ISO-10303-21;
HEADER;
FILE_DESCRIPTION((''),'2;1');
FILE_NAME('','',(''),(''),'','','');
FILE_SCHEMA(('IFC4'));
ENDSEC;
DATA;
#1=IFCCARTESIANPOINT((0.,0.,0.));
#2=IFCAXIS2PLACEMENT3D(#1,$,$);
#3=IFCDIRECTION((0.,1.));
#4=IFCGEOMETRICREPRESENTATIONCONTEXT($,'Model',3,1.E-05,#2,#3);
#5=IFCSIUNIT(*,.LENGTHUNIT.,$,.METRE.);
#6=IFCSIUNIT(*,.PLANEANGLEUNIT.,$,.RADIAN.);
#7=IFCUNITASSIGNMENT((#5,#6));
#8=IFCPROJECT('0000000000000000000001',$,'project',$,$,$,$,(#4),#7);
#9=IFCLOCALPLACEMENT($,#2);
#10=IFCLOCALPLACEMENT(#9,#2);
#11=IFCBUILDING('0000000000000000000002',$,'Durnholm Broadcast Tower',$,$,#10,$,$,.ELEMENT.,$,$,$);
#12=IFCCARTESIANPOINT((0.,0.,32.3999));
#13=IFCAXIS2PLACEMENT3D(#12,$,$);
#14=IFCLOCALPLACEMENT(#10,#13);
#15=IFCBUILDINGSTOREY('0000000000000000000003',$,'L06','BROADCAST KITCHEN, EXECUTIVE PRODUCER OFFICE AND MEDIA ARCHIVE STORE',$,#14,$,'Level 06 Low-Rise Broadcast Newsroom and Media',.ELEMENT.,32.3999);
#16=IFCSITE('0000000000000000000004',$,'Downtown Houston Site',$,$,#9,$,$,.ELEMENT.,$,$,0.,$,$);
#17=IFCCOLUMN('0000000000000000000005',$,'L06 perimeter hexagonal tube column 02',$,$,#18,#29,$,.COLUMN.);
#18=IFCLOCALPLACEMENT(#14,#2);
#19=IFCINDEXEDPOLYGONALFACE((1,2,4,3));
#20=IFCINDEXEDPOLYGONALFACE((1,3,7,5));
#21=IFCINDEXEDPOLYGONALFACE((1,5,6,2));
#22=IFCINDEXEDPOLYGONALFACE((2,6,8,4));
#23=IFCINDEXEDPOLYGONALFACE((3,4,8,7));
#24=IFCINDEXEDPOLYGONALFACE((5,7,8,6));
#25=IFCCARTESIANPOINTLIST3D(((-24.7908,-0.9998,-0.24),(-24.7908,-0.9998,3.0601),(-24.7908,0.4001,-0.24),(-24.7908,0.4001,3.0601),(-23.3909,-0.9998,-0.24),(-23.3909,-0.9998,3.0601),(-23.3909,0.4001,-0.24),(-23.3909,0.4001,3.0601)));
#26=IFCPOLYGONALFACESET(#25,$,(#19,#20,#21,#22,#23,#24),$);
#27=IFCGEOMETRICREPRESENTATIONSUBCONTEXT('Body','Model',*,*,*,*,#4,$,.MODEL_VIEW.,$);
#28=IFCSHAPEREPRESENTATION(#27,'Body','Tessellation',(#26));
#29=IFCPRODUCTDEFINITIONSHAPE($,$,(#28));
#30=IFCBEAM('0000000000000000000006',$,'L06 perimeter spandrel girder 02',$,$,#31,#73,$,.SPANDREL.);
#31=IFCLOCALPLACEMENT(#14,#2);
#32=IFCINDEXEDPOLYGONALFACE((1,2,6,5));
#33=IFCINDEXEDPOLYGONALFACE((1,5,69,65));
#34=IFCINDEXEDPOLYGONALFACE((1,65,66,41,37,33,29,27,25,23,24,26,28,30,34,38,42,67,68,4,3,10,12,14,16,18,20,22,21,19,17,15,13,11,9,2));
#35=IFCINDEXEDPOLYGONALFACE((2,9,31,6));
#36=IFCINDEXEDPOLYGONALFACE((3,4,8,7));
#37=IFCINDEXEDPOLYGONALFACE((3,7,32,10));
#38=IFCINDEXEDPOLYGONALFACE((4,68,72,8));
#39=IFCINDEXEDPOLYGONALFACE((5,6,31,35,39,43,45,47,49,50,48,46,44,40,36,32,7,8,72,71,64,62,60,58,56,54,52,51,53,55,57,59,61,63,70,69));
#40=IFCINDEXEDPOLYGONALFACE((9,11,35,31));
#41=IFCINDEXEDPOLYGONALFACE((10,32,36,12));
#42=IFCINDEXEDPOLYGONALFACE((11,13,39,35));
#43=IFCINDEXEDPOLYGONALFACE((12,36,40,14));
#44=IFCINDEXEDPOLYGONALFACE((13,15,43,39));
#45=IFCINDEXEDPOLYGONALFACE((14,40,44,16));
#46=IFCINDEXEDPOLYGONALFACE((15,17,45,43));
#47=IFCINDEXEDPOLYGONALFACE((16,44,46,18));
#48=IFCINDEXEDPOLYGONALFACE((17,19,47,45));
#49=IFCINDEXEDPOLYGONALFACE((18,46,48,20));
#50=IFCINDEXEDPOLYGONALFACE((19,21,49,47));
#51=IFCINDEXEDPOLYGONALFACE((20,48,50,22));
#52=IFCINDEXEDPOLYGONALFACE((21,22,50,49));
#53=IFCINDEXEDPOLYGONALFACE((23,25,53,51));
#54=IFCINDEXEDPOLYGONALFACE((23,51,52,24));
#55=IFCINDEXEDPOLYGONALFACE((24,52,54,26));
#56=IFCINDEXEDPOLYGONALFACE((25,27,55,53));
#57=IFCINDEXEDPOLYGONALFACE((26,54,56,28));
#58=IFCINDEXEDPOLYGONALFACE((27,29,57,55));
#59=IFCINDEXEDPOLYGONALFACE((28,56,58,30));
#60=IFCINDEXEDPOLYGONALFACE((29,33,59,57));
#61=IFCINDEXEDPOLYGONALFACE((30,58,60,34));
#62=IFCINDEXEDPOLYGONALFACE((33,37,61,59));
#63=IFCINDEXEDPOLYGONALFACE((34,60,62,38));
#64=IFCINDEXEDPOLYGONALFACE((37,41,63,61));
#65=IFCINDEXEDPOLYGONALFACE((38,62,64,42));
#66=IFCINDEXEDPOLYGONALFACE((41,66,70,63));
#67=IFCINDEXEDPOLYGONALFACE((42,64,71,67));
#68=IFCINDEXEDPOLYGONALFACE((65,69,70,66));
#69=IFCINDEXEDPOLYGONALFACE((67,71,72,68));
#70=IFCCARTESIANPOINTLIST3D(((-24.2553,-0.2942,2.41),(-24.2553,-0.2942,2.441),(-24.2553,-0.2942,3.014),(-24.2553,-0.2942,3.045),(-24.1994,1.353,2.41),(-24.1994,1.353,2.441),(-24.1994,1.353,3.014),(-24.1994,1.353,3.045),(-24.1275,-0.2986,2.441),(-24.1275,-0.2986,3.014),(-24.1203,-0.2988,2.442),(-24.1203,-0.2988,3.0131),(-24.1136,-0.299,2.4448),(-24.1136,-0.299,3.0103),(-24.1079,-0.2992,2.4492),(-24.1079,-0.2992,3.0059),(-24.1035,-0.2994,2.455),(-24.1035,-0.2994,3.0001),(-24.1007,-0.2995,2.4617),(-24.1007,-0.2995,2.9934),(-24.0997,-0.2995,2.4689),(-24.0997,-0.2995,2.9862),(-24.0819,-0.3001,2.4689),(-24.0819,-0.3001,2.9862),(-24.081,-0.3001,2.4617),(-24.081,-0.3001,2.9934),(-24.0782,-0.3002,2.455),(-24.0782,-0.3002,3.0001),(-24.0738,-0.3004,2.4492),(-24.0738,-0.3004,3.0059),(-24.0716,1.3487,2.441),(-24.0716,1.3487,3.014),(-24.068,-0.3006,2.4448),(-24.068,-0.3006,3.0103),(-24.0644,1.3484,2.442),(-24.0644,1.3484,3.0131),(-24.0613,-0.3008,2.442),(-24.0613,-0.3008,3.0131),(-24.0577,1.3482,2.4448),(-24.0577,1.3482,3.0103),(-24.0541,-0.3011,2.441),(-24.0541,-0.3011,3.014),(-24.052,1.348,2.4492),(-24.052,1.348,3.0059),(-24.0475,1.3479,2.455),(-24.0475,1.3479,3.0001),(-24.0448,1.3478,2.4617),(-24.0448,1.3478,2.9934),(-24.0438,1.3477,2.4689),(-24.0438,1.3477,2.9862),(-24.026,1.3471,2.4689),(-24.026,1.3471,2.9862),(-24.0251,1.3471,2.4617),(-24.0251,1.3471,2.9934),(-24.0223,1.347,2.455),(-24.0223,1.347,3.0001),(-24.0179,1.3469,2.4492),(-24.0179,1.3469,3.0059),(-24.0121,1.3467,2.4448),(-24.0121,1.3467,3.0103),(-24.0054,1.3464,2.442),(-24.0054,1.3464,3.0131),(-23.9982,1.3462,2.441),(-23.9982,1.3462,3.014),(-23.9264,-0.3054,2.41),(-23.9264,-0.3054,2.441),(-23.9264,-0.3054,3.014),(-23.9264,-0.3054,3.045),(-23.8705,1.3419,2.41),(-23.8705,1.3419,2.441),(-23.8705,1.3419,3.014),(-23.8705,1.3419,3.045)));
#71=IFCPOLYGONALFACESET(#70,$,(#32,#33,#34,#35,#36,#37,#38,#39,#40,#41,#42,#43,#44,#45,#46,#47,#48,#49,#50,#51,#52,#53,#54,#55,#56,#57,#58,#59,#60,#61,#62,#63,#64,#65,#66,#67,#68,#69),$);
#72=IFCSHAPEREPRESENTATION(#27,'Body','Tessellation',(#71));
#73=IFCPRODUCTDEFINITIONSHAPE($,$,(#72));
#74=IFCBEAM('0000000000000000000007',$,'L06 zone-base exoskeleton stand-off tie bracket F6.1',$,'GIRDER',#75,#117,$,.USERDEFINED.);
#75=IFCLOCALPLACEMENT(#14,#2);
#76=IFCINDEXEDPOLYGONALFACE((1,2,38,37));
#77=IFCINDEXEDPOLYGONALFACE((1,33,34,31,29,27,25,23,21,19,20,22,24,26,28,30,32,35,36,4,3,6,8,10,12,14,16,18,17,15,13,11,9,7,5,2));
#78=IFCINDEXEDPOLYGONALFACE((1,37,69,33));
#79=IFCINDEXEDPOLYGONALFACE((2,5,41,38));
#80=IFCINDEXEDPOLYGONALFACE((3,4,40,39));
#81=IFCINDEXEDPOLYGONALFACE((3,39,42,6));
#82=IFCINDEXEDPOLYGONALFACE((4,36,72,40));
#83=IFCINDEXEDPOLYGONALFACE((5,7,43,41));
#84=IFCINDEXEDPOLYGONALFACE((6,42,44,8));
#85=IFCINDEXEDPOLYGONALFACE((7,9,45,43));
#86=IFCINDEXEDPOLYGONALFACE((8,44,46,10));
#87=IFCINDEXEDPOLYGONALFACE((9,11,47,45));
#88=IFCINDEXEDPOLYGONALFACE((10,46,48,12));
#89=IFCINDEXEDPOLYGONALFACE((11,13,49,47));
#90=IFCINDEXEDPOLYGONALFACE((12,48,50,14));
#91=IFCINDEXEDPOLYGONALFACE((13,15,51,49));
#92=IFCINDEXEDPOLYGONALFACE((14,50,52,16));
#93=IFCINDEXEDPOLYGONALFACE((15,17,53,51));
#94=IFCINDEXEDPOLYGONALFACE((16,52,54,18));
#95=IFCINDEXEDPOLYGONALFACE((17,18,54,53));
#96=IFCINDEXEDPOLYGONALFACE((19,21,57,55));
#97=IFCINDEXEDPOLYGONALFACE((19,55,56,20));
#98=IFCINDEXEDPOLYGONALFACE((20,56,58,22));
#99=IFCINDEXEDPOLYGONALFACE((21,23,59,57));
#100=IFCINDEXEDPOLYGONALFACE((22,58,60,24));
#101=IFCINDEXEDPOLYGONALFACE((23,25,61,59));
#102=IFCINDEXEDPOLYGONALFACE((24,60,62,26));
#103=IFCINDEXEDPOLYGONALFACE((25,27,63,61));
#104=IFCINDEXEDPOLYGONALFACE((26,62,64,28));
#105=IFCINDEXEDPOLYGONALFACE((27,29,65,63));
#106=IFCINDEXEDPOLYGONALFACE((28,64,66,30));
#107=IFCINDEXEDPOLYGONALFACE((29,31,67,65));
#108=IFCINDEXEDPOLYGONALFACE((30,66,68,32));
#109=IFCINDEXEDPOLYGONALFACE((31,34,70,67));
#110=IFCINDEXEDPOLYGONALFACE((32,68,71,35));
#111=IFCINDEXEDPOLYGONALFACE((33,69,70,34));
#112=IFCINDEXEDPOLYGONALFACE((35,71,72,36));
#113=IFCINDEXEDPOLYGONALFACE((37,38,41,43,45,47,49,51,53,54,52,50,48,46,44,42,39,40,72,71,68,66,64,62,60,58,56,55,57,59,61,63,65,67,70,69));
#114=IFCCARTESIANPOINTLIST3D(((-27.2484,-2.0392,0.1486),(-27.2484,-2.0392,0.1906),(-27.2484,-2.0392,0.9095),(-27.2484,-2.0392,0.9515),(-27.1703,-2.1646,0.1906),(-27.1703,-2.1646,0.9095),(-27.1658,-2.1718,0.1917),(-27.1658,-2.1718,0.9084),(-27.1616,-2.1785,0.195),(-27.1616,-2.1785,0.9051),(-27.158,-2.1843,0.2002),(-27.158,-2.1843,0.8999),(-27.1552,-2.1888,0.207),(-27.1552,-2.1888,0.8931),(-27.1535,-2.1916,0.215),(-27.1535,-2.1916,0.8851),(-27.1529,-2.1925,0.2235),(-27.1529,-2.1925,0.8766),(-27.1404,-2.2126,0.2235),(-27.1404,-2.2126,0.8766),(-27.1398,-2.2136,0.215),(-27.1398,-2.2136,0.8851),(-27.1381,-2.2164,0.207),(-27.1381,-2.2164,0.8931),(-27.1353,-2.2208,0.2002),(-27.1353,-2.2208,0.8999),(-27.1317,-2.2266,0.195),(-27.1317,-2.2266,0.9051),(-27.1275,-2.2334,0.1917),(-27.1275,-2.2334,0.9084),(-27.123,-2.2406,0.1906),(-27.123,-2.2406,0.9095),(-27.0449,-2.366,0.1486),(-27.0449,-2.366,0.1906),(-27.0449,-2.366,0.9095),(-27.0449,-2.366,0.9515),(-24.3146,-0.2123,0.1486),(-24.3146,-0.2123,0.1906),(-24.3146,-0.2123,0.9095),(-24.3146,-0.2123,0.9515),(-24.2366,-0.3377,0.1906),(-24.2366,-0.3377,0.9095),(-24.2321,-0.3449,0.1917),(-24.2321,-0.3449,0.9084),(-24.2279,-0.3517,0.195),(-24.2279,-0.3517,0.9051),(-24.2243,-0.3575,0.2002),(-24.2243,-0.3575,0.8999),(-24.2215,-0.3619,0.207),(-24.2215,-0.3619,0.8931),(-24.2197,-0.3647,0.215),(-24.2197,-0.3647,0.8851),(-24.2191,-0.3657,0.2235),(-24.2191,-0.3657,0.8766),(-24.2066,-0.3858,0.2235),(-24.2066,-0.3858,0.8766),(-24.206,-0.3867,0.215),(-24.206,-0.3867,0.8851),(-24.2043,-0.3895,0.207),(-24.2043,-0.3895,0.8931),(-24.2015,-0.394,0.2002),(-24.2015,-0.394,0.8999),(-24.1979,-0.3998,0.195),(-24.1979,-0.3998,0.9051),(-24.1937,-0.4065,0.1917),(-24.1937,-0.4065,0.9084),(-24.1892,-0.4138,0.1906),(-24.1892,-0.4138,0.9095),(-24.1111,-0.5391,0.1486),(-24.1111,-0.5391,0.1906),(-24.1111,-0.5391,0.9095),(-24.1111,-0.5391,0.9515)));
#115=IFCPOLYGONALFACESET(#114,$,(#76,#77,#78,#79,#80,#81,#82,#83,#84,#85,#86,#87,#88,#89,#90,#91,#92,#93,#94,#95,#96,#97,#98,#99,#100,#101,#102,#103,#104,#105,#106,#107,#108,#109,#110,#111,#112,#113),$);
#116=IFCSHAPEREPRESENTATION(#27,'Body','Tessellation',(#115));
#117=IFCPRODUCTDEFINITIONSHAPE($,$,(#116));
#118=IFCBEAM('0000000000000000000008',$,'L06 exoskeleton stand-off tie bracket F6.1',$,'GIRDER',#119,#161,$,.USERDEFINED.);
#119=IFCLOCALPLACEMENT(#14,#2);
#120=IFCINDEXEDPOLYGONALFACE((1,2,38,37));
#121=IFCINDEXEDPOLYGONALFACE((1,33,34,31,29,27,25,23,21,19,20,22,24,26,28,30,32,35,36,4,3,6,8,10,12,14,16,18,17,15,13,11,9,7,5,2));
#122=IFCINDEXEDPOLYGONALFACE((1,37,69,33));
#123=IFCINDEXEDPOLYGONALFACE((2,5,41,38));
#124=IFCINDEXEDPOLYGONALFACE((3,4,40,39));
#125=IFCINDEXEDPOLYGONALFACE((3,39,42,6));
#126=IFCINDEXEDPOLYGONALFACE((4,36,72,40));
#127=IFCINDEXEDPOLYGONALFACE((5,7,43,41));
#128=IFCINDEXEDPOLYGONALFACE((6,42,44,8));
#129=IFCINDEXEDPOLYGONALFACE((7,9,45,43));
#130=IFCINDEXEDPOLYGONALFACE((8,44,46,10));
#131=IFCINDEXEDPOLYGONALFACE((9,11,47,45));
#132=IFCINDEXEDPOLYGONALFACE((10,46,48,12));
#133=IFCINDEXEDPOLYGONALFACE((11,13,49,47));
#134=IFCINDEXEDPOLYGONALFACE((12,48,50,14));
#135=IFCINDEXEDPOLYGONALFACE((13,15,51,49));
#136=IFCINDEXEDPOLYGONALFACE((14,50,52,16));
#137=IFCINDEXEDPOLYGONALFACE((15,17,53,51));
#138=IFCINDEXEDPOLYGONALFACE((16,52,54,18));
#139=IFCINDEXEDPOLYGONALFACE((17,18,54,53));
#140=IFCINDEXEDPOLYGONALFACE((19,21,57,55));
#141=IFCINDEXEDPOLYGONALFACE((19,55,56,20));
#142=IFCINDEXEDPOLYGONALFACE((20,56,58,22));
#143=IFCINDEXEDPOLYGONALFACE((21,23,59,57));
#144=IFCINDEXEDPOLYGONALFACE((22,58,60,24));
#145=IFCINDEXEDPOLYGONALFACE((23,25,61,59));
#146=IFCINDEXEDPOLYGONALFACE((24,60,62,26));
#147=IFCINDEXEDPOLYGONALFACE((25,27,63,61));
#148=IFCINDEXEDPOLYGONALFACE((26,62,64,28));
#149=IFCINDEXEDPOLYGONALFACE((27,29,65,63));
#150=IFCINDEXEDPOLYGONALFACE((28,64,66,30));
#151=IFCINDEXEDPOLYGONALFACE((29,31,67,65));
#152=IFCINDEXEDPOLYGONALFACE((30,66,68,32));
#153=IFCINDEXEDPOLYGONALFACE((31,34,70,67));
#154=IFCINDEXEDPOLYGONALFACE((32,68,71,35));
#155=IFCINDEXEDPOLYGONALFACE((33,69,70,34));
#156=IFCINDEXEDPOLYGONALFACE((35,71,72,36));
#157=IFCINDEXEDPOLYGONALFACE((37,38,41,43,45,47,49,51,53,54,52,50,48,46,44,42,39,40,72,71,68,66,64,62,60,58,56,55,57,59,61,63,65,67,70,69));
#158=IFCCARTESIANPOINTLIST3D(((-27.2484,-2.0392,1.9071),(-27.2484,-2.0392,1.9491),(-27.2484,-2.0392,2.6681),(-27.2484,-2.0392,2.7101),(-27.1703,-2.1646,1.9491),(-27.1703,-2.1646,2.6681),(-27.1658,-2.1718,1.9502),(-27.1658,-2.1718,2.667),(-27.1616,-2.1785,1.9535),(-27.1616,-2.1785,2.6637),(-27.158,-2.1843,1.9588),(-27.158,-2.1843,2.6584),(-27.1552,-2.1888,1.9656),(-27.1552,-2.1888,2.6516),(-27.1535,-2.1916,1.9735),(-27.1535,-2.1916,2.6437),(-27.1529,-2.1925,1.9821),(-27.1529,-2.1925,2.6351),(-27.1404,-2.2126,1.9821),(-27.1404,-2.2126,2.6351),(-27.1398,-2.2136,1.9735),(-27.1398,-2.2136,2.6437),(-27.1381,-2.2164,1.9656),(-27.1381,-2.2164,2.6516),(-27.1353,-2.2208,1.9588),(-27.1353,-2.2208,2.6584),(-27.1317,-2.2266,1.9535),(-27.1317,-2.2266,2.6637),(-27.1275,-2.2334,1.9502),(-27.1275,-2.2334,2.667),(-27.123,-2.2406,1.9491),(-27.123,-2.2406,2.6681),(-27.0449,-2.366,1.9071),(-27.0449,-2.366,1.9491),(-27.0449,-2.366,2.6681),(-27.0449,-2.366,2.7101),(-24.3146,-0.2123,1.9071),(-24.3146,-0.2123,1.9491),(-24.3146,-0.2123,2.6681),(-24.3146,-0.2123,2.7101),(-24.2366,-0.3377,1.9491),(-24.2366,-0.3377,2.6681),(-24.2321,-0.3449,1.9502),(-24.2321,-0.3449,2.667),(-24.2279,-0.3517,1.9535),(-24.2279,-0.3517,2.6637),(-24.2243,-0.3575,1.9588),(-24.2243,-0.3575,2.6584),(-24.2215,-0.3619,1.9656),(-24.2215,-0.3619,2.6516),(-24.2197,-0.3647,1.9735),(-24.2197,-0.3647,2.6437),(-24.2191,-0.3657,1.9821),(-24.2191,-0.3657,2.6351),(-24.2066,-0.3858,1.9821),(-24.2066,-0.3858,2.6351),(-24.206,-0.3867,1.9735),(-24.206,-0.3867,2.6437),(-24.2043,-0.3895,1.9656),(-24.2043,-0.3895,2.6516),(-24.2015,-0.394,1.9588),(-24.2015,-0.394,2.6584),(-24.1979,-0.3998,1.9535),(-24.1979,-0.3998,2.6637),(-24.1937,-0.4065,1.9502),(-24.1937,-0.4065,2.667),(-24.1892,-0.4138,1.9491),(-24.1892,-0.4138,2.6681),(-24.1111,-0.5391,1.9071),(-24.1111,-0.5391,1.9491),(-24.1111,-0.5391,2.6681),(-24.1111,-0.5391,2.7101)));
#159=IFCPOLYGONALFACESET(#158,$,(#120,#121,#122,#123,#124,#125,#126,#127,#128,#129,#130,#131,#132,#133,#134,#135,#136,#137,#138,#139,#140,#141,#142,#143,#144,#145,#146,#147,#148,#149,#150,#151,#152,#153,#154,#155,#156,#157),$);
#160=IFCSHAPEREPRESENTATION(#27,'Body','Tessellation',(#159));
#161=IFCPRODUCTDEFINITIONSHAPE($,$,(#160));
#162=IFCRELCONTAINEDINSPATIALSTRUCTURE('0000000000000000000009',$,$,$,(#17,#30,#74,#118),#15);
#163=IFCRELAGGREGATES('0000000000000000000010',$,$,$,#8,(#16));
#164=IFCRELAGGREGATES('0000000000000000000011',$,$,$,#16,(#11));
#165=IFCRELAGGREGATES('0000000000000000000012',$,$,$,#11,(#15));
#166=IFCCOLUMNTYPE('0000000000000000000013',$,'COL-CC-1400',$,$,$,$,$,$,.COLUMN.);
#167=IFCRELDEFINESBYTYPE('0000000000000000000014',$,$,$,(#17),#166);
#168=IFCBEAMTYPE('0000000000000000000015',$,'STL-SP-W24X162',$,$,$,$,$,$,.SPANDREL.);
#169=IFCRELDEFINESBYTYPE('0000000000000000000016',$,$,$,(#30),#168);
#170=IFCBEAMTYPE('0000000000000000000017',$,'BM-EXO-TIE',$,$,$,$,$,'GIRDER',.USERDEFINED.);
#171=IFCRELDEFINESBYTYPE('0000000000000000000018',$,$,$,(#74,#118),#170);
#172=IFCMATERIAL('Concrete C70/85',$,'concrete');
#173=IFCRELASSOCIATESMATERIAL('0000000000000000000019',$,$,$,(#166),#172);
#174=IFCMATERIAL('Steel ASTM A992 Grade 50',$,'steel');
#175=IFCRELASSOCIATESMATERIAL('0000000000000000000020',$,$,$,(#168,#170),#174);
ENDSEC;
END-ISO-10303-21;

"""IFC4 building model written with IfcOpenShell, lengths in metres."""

from ifc_helpers import new_model, si_unit, direction, frame, origin, origin_2d, place, context, subcontext, project, spatial, rectangle, i_section, extrude, source, transform, mapped, material, material_profile, profile_set, type_object, type_shapes, element, save


model = new_model("IFC4")

# Units and contexts
model_context = context("Model", 3, precision=1e-05, world=origin(), true_north=direction((0.0, 1.0)))
body_context = subcontext(model_context, "Body", "Model", "MODEL_VIEW")
ifc_project = project(units=[si_unit("LENGTHUNIT", "METRE"), si_unit("PLANEANGLEUNIT", "RADIAN")], contexts=[model_context])

# Site, building, storey
site_placement = place(None, origin())
site = spatial("IfcSite", under=ifc_project, at=site_placement, Name="Downtown Houston Site", CompositionType="ELEMENT", RefElevation=0.0)
building_placement = place(site_placement, origin())
building = spatial("IfcBuilding", under=site, at=building_placement, Name="Durnholm Broadcast Tower", CompositionType="ELEMENT")
storey_placement = place(building_placement, frame((0.0, 0.0, 32.3999)))
storey = spatial("IfcBuildingStorey", under=building, at=storey_placement, Name="L06", Description="BROADCAST KITCHEN, EXECUTIVE PRODUCER OFFICE AND MEDIA ARCHIVE STORE", LongName="Level 06 Low-Rise Broadcast Newsroom and Media", CompositionType="ELEMENT", Elevation=32.3999)

# Column
ifc_material_1 = material(Name="Concrete C70/85", Category="concrete")
ifc_material_profile_1 = material_profile(ifc_material_1, rectangle(XDim=1.3999, YDim=1.3999, at=origin_2d()), Name="RC1400X1400")
ifc_profile_set_1 = profile_set([ifc_material_profile_1], Name="Concrete C70/85")
column_type = type_object("IfcColumnType", Name="COL-CC-1400", PredefinedType="COLUMN", material=ifc_profile_set_1)
shared_shape_1 = source(origin(), body_context, "Body", "SweptSolid", [
    extrude(rectangle(XDim=1.3999, YDim=1.3999, at=origin_2d()), origin(), (0.0, 0.0, 1.0), 3.3),
])
type_shapes(column_type, [shared_shape_1])
column_placement = place(storey_placement, frame((-24.0908, -0.2998, -0.24), z_axis=(0.0, 0.0, 1.0), x_axis=(1.0, 0.0, 0.0)))
element("IfcColumn", 1, at=column_placement, inside=storey, type_object=column_type, Name="L06 perimeter hexagonal tube column 02", PredefinedType="COLUMN", context=body_context, shape_type="MappedRepresentation", body=[
    mapped(shared_shape_1, transform((0.0, 0.0, 0.0), x_axis=(1.0, 0.0, 0.0), y_axis=(0.0, 1.0, 0.0), z_axis=(0.0, 0.0, 1.0), scale=1.0)),
])

# Beams
ifc_material_2 = material(Name="Steel ASTM A992 Grade 50", Category="steel")
ifc_material_profile_2 = material_profile(ifc_material_2, i_section(OverallWidth=0.3291, OverallDepth=0.635, WebThickness=0.0178, FlangeThickness=0.031, FilletRadius=0.0278, at=origin_2d()), Name="W24X162")
ifc_profile_set_2 = profile_set([ifc_material_profile_2], Name="Steel ASTM A992 Grade 50")
beam_type_1 = type_object("IfcBeamType", Name="STL-SP-W24X162", PredefinedType="SPANDREL", material=ifc_profile_set_2)
shared_shape_2 = source(origin(), body_context, "Body", "SweptSolid", [
    extrude(i_section(OverallWidth=0.3291, OverallDepth=0.635, WebThickness=0.0178, FlangeThickness=0.031, FilletRadius=0.0278, at=origin_2d()), origin(), (0.0, 0.0, 1.0), 1.6482),
])
type_shapes(beam_type_1, [shared_shape_2])
beam_placement = place(storey_placement, frame((-24.0908, -0.2998, 2.7275), z_axis=(0.033921, 0.999425, 0.0), x_axis=(-0.999425, 0.033921, 0.0)))
element("IfcBeam", 2, at=beam_placement, inside=storey, type_object=beam_type_1, Name="L06 perimeter spandrel girder 02", PredefinedType="SPANDREL", context=body_context, shape_type="MappedRepresentation", body=[
    mapped(shared_shape_2, transform((0.0, 0.0, 0.0), x_axis=(1.0, 0.0, 0.0), y_axis=(0.0, 1.0, 0.0), z_axis=(0.0, 0.0, 1.0), scale=1.0)),
])
ifc_material_profile_3 = material_profile(ifc_material_2, i_section(OverallWidth=0.385, OverallDepth=0.803, WebThickness=0.0237, FlangeThickness=0.042, FilletRadius=0.033, at=origin_2d()), Name="W30X261")
ifc_profile_set_3 = profile_set([ifc_material_profile_3], Name="Steel ASTM A992 Grade 50")
beam_type_2 = type_object("IfcBeamType", Name="BM-EXO-TIE", ElementType="GIRDER", PredefinedType="USERDEFINED", material=ifc_profile_set_3)
shared_shape_3 = source(origin(), body_context, "Body", "SweptSolid", [
    extrude(i_section(OverallWidth=0.385, OverallDepth=0.803, WebThickness=0.0237, FlangeThickness=0.042, FilletRadius=0.033, at=origin_2d()), origin(), (0.0, 0.0, 1.0), 3.4561),
])
for number, where, z_axis, x_axis, name in (
    (3, (-24.2129, -0.3757, 0.55), (-0.848874, -0.528595, 0.0), (0.528595, -0.848874, 0.0), "L06 zone-base exoskeleton stand-off tie bracket F6.1"),
    (4, (-24.2129, -0.3757, 2.3086), (-0.848874, -0.528595, 0.0), (0.528595, -0.848874, 0.0), "L06 exoskeleton stand-off tie bracket F6.1"),
):
    element("IfcBeam", number, at=place(storey_placement, frame(where, z_axis=z_axis, x_axis=x_axis)), inside=storey, type_object=beam_type_2, Name=name, ObjectType="GIRDER", PredefinedType="USERDEFINED", context=body_context, shape_type="MappedRepresentation", body=[
        mapped(shared_shape_3, transform((0.0, 0.0, 0.0), x_axis=(1.0, 0.0, 0.0), y_axis=(0.0, 1.0, 0.0), z_axis=(0.0, 0.0, 1.0), scale=1.0)),
    ])

save(model, "model.ifc")
